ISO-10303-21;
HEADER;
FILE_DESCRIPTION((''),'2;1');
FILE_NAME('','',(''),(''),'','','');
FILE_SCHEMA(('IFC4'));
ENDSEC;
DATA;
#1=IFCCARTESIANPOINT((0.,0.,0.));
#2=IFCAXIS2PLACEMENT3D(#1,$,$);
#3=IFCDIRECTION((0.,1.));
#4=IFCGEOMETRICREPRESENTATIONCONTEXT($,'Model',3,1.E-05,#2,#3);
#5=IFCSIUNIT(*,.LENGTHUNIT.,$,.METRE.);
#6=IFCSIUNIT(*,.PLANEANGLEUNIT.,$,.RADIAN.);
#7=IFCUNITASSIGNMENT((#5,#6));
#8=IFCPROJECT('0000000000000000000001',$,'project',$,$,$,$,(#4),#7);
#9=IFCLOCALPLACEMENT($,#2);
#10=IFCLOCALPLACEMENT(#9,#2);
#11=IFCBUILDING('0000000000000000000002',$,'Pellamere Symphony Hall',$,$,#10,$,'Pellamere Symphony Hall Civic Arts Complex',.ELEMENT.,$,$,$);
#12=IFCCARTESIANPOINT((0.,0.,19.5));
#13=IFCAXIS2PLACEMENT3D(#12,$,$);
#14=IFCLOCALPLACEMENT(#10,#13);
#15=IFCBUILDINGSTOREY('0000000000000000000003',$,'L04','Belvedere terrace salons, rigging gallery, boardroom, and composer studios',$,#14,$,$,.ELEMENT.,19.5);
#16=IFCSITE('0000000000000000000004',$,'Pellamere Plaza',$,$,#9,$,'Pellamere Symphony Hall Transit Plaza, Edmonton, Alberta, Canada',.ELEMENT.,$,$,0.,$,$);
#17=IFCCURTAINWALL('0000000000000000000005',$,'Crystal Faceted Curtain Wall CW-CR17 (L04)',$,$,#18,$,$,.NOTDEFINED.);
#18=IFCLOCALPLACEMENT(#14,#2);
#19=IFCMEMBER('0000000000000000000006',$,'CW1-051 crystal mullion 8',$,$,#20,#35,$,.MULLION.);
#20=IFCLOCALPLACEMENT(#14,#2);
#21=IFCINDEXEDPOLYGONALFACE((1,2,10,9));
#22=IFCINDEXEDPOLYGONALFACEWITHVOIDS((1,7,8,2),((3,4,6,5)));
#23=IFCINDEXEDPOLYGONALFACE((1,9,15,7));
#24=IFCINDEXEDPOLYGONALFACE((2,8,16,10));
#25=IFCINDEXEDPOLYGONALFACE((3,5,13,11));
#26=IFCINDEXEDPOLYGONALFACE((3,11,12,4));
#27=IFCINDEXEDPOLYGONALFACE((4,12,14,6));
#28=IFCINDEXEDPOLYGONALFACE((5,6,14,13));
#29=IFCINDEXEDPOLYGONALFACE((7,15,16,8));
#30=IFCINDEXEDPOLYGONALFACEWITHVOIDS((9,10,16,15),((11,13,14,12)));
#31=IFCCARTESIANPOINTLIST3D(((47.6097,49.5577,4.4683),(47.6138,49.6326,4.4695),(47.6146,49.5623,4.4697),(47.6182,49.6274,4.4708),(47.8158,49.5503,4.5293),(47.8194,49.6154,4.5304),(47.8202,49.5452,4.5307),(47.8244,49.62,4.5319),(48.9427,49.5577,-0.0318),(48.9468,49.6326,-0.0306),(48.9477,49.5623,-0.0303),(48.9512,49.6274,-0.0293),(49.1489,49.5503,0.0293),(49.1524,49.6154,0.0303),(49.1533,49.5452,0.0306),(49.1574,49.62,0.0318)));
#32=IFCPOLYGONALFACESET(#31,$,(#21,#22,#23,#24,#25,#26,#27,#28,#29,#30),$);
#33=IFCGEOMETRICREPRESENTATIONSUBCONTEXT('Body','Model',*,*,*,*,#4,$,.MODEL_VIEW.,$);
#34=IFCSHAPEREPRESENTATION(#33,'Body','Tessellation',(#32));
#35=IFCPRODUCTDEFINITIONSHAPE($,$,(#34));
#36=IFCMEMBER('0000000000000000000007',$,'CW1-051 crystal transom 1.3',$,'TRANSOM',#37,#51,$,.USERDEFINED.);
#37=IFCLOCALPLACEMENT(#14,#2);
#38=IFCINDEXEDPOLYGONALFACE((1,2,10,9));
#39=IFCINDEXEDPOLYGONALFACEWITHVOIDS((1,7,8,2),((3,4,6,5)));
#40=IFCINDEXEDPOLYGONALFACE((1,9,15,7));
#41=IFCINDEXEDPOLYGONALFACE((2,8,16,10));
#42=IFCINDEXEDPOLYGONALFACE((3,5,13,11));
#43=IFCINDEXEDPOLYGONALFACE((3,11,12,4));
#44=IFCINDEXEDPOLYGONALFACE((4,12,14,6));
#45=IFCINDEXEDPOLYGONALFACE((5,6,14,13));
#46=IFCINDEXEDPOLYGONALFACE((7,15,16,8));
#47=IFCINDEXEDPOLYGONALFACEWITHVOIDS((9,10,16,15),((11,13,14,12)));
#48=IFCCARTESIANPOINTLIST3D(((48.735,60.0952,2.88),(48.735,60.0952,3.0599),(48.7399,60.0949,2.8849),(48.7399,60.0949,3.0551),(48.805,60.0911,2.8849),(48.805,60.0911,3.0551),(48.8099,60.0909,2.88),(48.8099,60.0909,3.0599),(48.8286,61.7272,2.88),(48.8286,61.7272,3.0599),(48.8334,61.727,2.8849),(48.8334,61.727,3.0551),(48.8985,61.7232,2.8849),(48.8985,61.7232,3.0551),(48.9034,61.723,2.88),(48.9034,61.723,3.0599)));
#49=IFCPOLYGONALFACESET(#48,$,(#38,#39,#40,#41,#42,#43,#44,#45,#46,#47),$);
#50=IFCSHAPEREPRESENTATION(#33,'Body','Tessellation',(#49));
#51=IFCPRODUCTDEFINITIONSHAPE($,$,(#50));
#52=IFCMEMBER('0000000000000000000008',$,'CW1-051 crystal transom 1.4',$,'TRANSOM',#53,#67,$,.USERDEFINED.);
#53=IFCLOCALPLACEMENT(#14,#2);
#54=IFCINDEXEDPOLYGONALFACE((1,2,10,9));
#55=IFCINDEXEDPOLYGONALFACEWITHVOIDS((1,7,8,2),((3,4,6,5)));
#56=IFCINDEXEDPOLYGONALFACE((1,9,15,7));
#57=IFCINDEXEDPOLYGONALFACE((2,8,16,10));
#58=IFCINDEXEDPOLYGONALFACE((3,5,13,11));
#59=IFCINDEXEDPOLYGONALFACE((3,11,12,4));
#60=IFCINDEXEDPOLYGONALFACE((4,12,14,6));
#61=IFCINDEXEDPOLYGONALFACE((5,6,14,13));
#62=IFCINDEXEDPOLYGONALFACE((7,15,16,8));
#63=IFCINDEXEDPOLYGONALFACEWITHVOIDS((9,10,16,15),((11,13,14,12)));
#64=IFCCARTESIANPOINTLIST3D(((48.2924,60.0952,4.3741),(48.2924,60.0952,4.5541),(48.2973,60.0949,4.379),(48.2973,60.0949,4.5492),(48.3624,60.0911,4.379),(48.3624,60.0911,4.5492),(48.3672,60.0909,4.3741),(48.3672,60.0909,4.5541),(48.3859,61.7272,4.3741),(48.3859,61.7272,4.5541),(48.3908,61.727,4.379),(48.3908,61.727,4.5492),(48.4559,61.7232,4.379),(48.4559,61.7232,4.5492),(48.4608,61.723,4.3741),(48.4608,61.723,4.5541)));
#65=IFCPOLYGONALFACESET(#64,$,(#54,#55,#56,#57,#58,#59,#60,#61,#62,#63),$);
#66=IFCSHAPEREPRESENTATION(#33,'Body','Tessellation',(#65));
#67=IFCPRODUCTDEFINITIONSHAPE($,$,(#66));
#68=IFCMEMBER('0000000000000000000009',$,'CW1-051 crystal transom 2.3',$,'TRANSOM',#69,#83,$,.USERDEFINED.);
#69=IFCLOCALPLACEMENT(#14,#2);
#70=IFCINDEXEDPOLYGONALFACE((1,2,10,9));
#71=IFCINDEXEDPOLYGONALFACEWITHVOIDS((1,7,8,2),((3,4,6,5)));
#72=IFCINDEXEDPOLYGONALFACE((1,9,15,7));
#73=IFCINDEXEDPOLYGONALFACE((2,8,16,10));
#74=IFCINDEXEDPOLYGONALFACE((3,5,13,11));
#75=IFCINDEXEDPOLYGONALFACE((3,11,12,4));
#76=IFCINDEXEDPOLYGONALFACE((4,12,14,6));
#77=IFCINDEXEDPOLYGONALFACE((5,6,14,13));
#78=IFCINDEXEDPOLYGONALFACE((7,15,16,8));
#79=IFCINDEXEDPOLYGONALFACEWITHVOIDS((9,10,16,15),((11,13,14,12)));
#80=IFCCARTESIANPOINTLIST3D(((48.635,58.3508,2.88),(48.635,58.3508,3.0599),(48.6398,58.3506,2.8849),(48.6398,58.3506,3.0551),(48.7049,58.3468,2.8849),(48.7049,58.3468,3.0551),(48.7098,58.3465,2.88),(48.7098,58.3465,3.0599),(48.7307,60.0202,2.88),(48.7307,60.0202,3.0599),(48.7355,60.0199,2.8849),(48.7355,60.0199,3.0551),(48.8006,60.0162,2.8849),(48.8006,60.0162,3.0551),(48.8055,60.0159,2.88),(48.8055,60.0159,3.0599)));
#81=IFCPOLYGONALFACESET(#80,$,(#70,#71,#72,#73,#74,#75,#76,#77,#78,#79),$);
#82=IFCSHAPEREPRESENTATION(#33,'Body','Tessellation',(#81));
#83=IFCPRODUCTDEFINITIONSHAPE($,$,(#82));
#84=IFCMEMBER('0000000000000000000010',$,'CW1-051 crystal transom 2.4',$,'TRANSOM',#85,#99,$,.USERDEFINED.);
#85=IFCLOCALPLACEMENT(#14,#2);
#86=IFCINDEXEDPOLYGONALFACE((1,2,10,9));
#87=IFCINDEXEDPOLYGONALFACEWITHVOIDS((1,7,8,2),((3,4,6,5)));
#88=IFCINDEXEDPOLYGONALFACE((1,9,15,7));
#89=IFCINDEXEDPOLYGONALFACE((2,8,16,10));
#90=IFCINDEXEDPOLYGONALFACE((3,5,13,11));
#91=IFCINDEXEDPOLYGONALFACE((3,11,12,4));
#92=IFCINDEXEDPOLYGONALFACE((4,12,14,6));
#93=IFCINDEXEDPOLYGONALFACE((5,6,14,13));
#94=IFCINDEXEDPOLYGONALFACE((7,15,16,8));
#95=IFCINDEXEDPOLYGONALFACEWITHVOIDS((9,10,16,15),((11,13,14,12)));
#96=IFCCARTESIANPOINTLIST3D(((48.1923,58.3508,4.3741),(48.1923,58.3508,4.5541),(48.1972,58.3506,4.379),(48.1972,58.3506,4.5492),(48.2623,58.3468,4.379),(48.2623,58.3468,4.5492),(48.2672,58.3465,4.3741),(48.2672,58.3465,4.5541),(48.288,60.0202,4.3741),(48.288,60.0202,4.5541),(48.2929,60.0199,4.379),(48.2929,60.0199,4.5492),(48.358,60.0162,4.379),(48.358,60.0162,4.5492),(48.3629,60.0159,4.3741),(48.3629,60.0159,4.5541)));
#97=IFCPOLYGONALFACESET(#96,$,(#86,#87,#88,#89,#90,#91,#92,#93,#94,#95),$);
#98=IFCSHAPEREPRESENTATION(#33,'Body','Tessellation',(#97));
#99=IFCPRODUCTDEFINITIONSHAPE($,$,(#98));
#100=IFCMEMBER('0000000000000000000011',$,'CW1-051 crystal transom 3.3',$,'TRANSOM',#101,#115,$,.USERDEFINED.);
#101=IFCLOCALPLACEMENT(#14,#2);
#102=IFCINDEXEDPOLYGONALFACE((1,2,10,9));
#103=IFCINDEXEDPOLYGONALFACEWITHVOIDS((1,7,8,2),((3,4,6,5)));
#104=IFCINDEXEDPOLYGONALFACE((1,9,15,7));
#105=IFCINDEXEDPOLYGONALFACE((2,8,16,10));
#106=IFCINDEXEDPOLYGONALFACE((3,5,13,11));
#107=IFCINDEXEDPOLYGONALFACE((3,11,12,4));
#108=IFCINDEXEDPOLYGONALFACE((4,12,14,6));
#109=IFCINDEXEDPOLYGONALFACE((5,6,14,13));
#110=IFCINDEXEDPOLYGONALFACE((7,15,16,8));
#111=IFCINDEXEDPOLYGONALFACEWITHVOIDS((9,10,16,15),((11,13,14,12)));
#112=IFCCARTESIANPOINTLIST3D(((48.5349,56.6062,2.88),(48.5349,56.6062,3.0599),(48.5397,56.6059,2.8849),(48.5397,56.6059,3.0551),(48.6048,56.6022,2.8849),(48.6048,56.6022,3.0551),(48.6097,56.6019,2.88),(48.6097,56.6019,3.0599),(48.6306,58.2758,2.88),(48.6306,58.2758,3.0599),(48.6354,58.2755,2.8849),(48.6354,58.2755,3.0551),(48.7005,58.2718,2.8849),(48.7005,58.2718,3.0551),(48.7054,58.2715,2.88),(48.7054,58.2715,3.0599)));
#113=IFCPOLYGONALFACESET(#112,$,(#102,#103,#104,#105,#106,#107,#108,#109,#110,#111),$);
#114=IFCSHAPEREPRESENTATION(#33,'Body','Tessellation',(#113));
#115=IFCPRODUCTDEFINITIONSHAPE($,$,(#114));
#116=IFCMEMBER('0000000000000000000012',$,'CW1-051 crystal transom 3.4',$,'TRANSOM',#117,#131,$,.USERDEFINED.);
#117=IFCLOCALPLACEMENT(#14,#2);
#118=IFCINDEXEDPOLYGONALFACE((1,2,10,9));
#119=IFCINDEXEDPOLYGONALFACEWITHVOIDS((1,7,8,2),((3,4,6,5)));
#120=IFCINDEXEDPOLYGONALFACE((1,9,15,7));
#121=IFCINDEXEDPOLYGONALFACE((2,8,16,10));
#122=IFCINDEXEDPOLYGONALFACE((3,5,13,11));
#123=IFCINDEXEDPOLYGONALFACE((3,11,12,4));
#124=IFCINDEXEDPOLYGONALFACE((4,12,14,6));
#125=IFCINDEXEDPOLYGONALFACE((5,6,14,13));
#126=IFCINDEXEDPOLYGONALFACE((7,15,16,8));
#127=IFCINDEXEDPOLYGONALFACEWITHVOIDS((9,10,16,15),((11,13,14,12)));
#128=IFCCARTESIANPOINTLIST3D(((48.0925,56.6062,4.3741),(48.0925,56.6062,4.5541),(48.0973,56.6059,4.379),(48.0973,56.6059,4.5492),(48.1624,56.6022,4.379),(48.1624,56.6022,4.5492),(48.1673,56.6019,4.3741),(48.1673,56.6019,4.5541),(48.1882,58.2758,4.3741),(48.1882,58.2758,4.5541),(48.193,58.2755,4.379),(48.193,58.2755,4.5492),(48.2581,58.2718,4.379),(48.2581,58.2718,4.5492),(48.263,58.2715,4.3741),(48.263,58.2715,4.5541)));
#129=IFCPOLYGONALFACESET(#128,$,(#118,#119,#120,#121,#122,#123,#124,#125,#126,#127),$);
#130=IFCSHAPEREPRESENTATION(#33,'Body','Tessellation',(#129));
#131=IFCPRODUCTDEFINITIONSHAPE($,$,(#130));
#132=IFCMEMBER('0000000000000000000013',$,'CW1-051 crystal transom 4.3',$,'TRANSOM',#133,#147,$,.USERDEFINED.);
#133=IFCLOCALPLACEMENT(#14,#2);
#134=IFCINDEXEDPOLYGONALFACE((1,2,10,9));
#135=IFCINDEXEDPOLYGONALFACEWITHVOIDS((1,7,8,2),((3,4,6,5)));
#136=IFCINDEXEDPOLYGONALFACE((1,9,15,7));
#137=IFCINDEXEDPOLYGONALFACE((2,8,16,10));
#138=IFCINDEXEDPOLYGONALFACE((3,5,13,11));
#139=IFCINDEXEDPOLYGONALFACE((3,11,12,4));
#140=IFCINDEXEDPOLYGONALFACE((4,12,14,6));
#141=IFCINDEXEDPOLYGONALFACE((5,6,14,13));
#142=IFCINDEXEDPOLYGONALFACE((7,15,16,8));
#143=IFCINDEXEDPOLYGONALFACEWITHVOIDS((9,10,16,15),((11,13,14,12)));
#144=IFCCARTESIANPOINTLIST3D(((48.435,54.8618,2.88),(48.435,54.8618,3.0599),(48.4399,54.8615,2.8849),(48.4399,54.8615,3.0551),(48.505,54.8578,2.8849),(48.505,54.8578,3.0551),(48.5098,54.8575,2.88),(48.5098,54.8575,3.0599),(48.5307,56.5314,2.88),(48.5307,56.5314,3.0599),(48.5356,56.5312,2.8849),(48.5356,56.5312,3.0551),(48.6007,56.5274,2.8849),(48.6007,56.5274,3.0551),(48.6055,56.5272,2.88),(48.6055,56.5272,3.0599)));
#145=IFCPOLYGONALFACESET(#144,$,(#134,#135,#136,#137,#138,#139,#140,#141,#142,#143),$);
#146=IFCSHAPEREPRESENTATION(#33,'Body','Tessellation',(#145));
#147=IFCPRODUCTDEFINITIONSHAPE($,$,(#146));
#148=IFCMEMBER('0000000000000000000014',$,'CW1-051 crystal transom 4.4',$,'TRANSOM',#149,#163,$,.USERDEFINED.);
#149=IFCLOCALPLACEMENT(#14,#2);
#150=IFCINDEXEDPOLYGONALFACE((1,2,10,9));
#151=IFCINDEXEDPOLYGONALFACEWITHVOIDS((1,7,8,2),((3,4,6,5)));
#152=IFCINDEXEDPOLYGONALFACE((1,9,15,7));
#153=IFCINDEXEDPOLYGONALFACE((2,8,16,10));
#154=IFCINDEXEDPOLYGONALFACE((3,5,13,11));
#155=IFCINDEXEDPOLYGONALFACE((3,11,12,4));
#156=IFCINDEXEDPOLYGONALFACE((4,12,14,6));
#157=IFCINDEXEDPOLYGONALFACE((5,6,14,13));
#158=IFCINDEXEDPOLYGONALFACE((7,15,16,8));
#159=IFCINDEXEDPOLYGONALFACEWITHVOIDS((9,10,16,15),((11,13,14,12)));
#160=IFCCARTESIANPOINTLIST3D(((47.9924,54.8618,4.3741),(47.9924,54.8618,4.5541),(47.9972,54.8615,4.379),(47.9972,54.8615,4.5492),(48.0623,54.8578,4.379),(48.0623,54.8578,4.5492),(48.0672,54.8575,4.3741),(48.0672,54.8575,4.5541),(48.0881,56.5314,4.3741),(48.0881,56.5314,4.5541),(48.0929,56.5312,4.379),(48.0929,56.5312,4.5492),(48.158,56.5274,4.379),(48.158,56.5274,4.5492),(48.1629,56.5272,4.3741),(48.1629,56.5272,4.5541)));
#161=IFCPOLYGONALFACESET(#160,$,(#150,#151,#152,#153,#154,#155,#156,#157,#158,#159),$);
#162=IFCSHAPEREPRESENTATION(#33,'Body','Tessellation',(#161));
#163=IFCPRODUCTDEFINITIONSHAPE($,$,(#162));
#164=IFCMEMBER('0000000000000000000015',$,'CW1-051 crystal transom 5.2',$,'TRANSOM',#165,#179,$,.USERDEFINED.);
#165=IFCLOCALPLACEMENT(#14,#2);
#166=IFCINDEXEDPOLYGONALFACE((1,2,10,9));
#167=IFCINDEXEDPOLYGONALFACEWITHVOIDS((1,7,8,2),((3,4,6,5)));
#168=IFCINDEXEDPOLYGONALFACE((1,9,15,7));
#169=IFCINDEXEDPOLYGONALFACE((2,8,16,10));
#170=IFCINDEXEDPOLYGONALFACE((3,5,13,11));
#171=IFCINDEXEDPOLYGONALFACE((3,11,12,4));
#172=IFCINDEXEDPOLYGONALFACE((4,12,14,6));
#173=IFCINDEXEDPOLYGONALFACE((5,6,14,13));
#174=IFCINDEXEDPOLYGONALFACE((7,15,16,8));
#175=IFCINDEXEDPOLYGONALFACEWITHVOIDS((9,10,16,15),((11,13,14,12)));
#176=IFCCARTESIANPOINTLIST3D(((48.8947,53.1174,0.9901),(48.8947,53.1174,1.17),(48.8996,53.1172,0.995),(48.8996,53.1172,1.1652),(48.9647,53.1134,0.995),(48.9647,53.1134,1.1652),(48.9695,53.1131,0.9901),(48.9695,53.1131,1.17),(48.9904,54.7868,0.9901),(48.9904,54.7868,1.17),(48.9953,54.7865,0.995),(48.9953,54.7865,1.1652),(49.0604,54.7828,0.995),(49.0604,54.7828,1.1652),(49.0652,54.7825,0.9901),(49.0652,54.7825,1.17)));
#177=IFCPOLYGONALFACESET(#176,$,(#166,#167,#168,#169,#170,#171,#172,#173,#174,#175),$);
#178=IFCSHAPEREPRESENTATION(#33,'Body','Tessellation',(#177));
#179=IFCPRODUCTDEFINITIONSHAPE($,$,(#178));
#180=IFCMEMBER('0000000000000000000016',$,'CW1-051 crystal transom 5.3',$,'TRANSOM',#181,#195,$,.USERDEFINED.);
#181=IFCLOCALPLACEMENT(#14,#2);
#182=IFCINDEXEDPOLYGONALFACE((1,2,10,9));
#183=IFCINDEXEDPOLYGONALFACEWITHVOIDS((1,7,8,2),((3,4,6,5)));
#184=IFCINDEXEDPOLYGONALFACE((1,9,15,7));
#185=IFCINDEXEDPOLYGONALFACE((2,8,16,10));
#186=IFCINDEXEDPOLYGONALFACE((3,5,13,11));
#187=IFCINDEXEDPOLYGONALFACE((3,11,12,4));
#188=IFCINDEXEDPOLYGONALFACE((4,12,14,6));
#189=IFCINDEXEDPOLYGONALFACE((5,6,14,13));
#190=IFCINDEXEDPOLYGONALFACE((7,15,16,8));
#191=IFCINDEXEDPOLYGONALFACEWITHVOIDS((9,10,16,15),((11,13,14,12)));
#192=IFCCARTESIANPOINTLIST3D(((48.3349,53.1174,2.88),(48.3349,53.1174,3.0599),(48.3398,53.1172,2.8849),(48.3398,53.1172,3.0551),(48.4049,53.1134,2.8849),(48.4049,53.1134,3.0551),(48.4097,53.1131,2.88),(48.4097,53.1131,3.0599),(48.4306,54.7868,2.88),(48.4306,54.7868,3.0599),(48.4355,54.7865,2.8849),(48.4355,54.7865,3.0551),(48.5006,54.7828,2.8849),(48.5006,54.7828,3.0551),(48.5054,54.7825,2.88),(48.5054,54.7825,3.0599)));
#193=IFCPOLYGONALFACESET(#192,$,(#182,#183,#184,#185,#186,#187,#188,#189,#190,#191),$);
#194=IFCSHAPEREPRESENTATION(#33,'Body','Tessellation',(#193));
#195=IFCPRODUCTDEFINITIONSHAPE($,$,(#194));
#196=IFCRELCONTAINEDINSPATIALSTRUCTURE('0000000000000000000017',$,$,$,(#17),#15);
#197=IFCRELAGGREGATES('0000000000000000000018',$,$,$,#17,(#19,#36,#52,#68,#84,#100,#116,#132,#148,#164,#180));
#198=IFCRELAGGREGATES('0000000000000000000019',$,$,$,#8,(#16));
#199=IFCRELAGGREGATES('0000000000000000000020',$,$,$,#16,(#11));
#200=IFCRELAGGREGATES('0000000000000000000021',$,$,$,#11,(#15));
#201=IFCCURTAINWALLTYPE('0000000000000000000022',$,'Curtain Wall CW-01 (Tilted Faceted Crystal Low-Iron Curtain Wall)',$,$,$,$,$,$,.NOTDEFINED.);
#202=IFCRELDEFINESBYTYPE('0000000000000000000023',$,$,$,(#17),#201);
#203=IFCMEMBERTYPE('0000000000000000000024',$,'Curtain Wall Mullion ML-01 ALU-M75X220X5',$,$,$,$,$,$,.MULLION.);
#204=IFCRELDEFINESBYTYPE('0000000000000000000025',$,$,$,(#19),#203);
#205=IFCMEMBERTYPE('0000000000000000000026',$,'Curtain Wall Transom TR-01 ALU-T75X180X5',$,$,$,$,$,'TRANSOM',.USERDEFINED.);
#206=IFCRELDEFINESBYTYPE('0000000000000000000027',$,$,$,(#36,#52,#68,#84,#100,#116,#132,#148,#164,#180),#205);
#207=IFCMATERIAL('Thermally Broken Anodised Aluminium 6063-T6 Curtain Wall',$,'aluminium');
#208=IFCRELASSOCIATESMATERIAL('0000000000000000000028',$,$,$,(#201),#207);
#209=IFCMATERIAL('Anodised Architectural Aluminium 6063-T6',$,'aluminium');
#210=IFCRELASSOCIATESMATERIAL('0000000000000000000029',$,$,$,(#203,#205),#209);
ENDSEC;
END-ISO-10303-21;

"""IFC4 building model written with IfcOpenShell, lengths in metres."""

from ifc_helpers import new_model, si_unit, direction, frame, origin, origin_2d, place, context, subcontext, project, spatial, hollow_rectangle, extrude, material, material_profile, profile_set, type_object, element, aggregate, save


model = new_model("IFC4")

# Units and contexts
model_context = context("Model", 3, precision=1e-05, world=origin(), true_north=direction((0.0, 1.0)))
body_context = subcontext(model_context, "Body", "Model", "MODEL_VIEW")
ifc_project = project(units=[si_unit("LENGTHUNIT", "METRE"), si_unit("PLANEANGLEUNIT", "RADIAN")], contexts=[model_context])

# Site, building, storey
site_placement = place(None, origin())
site = spatial("IfcSite", under=ifc_project, at=site_placement, Name="Pellamere Plaza", LongName="Pellamere Symphony Hall Transit Plaza, Edmonton, Alberta, Canada", CompositionType="ELEMENT", RefElevation=0.0)
building_placement = place(site_placement, origin())
building = spatial("IfcBuilding", under=site, at=building_placement, Name="Pellamere Symphony Hall", LongName="Pellamere Symphony Hall Civic Arts Complex", CompositionType="ELEMENT")
storey_placement = place(building_placement, frame((0.0, 0.0, 19.5)))
storey = spatial("IfcBuildingStorey", under=building, at=storey_placement, Name="L04", Description="Belvedere terrace salons, rigging gallery, boardroom, and composer studios", CompositionType="ELEMENT", Elevation=19.5)

# Curtain wall, members
ifc_material_1 = material(Name="Thermally Broken Anodised Aluminium 6063-T6 Curtain Wall", Category="aluminium")
curtain_wall_type = type_object("IfcCurtainWallType", Name="Curtain Wall CW-01 (Tilted Faceted Crystal Low-Iron Curtain Wall)", PredefinedType="NOTDEFINED", material=ifc_material_1)
curtain_wall_placement = place(storey_placement, origin())
curtain_wall = element("IfcCurtainWall", 1, at=curtain_wall_placement, inside=storey, type_object=curtain_wall_type, Name="Crystal Faceted Curtain Wall CW-CR17 (L04)", PredefinedType="NOTDEFINED")
ifc_material_2 = material(Name="Anodised Architectural Aluminium 6063-T6", Category="aluminium")
ifc_material_profile_1 = material_profile(ifc_material_2, hollow_rectangle(XDim=0.075, YDim=0.22, WallThickness=0.0049, at=origin_2d()), Name="ALU-M75X220X5")
ifc_profile_set_1 = profile_set([ifc_material_profile_1], Name="Anodised Architectural Aluminium 6063-T6")
member_type_1 = type_object("IfcMemberType", Name="Curtain Wall Mullion ML-01 ALU-M75X220X5", PredefinedType="MULLION", material=ifc_profile_set_1)
member_1_placement = place(storey_placement, frame((49.05, 49.5889, 0.0), z_axis=(-0.284025, 0.0, 0.958817), x_axis=(-0.054874, -0.998361, -0.016255)))
member_1 = element("IfcMember", 2, at=member_1_placement, type_object=member_type_1, Name="CW1-051 crystal mullion 8", PredefinedType="MULLION", context=body_context, shape_type="SweptSolid", body=[
    extrude(hollow_rectangle(XDim=0.075, YDim=0.22, WallThickness=0.0049, at=origin_2d()), origin(), (0.0, 0.0, 1.0), 4.6934),
])
ifc_material_profile_2 = material_profile(ifc_material_2, hollow_rectangle(XDim=0.075, YDim=0.1799, WallThickness=0.0049, at=origin_2d()), Name="ALU-T75X180X5")
ifc_profile_set_2 = profile_set([ifc_material_profile_2], Name="Anodised Architectural Aluminium 6063-T6")
member_type_2 = type_object("IfcMemberType", Name="Curtain Wall Transom TR-01 ALU-T75X180X5", ElementType="TRANSOM", PredefinedType="USERDEFINED", material=ifc_profile_set_2)
member_2_placement = place(storey_placement, frame((48.866, 61.7251, 2.97), z_axis=(-0.057199, -0.998363, 0.0), x_axis=(0.998363, -0.057199, 0.0)))
member_2 = element("IfcMember", 3, at=member_2_placement, type_object=member_type_2, Name="CW1-051 crystal transom 1.3", ObjectType="TRANSOM", PredefinedType="USERDEFINED", context=body_context, shape_type="SweptSolid", body=[
    extrude(hollow_rectangle(XDim=0.075, YDim=0.1799, WallThickness=0.0049, at=origin_2d()), origin(), (0.0, 0.0, 1.0), 1.6348),
])
member_3_placement = place(storey_placement, frame((48.4233, 61.7251, 4.4641), z_axis=(-0.057199, -0.998363, 0.0), x_axis=(0.998363, -0.057199, 0.0)))
member_3 = element("IfcMember", 4, at=member_3_placement, type_object=member_type_2, Name="CW1-051 crystal transom 1.4", ObjectType="TRANSOM", PredefinedType="USERDEFINED", context=body_context, shape_type="SweptSolid", body=[
    extrude(hollow_rectangle(XDim=0.075, YDim=0.1799, WallThickness=0.0049, at=origin_2d()), origin(), (0.0, 0.0, 1.0), 1.6348),
])
member_4_placement = place(storey_placement, frame((48.7681, 60.0181, 2.97), z_axis=(-0.057233, -0.998361, 0.0), x_axis=(0.998361, -0.057233, 0.0)))
member_4 = element("IfcMember", 5, at=member_4_placement, type_object=member_type_2, Name="CW1-051 crystal transom 2.3", ObjectType="TRANSOM", PredefinedType="USERDEFINED", context=body_context, shape_type="SweptSolid", body=[
    extrude(hollow_rectangle(XDim=0.075, YDim=0.1799, WallThickness=0.0049, at=origin_2d()), origin(), (0.0, 0.0, 1.0), 1.6721),
])
member_5_placement = place(storey_placement, frame((48.3254, 60.0181, 4.4641), z_axis=(-0.057233, -0.998361, 0.0), x_axis=(0.998361, -0.057233, 0.0)))
member_5 = element("IfcMember", 6, at=member_5_placement, type_object=member_type_2, Name="CW1-051 crystal transom 2.4", ObjectType="TRANSOM", PredefinedType="USERDEFINED", context=body_context, shape_type="SweptSolid", body=[
    extrude(hollow_rectangle(XDim=0.075, YDim=0.1799, WallThickness=0.0049, at=origin_2d()), origin(), (0.0, 0.0, 1.0), 1.6721),
])
member_6_placement = place(storey_placement, frame((48.668, 58.2737, 2.97), z_axis=(-0.057224, -0.998361, 0.0), x_axis=(0.998361, -0.057224, 0.0)))
member_6 = element("IfcMember", 7, at=member_6_placement, type_object=member_type_2, Name="CW1-051 crystal transom 3.3", ObjectType="TRANSOM", PredefinedType="USERDEFINED", context=body_context, shape_type="SweptSolid", body=[
    extrude(hollow_rectangle(XDim=0.075, YDim=0.1799, WallThickness=0.0049, at=origin_2d()), origin(), (0.0, 0.0, 1.0), 1.6724),
])
member_7_placement = place(storey_placement, frame((48.2256, 58.2737, 4.4641), z_axis=(-0.057224, -0.998361, 0.0), x_axis=(0.998361, -0.057224, 0.0)))
member_7 = element("IfcMember", 8, at=member_7_placement, type_object=member_type_2, Name="CW1-051 crystal transom 3.4", ObjectType="TRANSOM", PredefinedType="USERDEFINED", context=body_context, shape_type="SweptSolid", body=[
    extrude(hollow_rectangle(XDim=0.075, YDim=0.1799, WallThickness=0.0049, at=origin_2d()), origin(), (0.0, 0.0, 1.0), 1.6724),
])
member_8_placement = place(storey_placement, frame((48.5681, 56.5293, 2.97), z_axis=(-0.057224, -0.998361, 0.0), x_axis=(0.998361, -0.057224, 0.0)))
member_8 = element("IfcMember", 9, at=member_8_placement, type_object=member_type_2, Name="CW1-051 crystal transom 4.3", ObjectType="TRANSOM", PredefinedType="USERDEFINED", context=body_context, shape_type="SweptSolid", body=[
    extrude(hollow_rectangle(XDim=0.075, YDim=0.1799, WallThickness=0.0049, at=origin_2d()), origin(), (0.0, 0.0, 1.0), 1.6724),
])
member_9_placement = place(storey_placement, frame((48.1255, 56.5293, 4.4641), z_axis=(-0.057224, -0.998361, 0.0), x_axis=(0.998361, -0.057224, 0.0)))
member_9 = element("IfcMember", 10, at=member_9_placement, type_object=member_type_2, Name="CW1-051 crystal transom 4.4", ObjectType="TRANSOM", PredefinedType="USERDEFINED", context=body_context, shape_type="SweptSolid", body=[
    extrude(hollow_rectangle(XDim=0.075, YDim=0.1799, WallThickness=0.0049, at=origin_2d()), origin(), (0.0, 0.0, 1.0), 1.6724),
])
member_10_placement = place(storey_placement, frame((49.0278, 54.7847, 1.0801), z_axis=(-0.057233, -0.998361, 0.0), x_axis=(0.998361, -0.057233, 0.0)))
member_10 = element("IfcMember", 11, at=member_10_placement, type_object=member_type_2, Name="CW1-051 crystal transom 5.2", ObjectType="TRANSOM", PredefinedType="USERDEFINED", context=body_context, shape_type="SweptSolid", body=[
    extrude(hollow_rectangle(XDim=0.075, YDim=0.1799, WallThickness=0.0049, at=origin_2d()), origin(), (0.0, 0.0, 1.0), 1.6721),
])
member_11_placement = place(storey_placement, frame((48.468, 54.7847, 2.97), z_axis=(-0.057233, -0.998361, 0.0), x_axis=(0.998361, -0.057233, 0.0)))
member_11 = element("IfcMember", 12, at=member_11_placement, type_object=member_type_2, Name="CW1-051 crystal transom 5.3", ObjectType="TRANSOM", PredefinedType="USERDEFINED", context=body_context, shape_type="SweptSolid", body=[
    extrude(hollow_rectangle(XDim=0.075, YDim=0.1799, WallThickness=0.0049, at=origin_2d()), origin(), (0.0, 0.0, 1.0), 1.6721),
])
aggregate(curtain_wall, [member_1, member_2, member_3, member_4, member_5, member_6, member_7, member_8, member_9, member_10, member_11])

save(model, "model.ifc")
